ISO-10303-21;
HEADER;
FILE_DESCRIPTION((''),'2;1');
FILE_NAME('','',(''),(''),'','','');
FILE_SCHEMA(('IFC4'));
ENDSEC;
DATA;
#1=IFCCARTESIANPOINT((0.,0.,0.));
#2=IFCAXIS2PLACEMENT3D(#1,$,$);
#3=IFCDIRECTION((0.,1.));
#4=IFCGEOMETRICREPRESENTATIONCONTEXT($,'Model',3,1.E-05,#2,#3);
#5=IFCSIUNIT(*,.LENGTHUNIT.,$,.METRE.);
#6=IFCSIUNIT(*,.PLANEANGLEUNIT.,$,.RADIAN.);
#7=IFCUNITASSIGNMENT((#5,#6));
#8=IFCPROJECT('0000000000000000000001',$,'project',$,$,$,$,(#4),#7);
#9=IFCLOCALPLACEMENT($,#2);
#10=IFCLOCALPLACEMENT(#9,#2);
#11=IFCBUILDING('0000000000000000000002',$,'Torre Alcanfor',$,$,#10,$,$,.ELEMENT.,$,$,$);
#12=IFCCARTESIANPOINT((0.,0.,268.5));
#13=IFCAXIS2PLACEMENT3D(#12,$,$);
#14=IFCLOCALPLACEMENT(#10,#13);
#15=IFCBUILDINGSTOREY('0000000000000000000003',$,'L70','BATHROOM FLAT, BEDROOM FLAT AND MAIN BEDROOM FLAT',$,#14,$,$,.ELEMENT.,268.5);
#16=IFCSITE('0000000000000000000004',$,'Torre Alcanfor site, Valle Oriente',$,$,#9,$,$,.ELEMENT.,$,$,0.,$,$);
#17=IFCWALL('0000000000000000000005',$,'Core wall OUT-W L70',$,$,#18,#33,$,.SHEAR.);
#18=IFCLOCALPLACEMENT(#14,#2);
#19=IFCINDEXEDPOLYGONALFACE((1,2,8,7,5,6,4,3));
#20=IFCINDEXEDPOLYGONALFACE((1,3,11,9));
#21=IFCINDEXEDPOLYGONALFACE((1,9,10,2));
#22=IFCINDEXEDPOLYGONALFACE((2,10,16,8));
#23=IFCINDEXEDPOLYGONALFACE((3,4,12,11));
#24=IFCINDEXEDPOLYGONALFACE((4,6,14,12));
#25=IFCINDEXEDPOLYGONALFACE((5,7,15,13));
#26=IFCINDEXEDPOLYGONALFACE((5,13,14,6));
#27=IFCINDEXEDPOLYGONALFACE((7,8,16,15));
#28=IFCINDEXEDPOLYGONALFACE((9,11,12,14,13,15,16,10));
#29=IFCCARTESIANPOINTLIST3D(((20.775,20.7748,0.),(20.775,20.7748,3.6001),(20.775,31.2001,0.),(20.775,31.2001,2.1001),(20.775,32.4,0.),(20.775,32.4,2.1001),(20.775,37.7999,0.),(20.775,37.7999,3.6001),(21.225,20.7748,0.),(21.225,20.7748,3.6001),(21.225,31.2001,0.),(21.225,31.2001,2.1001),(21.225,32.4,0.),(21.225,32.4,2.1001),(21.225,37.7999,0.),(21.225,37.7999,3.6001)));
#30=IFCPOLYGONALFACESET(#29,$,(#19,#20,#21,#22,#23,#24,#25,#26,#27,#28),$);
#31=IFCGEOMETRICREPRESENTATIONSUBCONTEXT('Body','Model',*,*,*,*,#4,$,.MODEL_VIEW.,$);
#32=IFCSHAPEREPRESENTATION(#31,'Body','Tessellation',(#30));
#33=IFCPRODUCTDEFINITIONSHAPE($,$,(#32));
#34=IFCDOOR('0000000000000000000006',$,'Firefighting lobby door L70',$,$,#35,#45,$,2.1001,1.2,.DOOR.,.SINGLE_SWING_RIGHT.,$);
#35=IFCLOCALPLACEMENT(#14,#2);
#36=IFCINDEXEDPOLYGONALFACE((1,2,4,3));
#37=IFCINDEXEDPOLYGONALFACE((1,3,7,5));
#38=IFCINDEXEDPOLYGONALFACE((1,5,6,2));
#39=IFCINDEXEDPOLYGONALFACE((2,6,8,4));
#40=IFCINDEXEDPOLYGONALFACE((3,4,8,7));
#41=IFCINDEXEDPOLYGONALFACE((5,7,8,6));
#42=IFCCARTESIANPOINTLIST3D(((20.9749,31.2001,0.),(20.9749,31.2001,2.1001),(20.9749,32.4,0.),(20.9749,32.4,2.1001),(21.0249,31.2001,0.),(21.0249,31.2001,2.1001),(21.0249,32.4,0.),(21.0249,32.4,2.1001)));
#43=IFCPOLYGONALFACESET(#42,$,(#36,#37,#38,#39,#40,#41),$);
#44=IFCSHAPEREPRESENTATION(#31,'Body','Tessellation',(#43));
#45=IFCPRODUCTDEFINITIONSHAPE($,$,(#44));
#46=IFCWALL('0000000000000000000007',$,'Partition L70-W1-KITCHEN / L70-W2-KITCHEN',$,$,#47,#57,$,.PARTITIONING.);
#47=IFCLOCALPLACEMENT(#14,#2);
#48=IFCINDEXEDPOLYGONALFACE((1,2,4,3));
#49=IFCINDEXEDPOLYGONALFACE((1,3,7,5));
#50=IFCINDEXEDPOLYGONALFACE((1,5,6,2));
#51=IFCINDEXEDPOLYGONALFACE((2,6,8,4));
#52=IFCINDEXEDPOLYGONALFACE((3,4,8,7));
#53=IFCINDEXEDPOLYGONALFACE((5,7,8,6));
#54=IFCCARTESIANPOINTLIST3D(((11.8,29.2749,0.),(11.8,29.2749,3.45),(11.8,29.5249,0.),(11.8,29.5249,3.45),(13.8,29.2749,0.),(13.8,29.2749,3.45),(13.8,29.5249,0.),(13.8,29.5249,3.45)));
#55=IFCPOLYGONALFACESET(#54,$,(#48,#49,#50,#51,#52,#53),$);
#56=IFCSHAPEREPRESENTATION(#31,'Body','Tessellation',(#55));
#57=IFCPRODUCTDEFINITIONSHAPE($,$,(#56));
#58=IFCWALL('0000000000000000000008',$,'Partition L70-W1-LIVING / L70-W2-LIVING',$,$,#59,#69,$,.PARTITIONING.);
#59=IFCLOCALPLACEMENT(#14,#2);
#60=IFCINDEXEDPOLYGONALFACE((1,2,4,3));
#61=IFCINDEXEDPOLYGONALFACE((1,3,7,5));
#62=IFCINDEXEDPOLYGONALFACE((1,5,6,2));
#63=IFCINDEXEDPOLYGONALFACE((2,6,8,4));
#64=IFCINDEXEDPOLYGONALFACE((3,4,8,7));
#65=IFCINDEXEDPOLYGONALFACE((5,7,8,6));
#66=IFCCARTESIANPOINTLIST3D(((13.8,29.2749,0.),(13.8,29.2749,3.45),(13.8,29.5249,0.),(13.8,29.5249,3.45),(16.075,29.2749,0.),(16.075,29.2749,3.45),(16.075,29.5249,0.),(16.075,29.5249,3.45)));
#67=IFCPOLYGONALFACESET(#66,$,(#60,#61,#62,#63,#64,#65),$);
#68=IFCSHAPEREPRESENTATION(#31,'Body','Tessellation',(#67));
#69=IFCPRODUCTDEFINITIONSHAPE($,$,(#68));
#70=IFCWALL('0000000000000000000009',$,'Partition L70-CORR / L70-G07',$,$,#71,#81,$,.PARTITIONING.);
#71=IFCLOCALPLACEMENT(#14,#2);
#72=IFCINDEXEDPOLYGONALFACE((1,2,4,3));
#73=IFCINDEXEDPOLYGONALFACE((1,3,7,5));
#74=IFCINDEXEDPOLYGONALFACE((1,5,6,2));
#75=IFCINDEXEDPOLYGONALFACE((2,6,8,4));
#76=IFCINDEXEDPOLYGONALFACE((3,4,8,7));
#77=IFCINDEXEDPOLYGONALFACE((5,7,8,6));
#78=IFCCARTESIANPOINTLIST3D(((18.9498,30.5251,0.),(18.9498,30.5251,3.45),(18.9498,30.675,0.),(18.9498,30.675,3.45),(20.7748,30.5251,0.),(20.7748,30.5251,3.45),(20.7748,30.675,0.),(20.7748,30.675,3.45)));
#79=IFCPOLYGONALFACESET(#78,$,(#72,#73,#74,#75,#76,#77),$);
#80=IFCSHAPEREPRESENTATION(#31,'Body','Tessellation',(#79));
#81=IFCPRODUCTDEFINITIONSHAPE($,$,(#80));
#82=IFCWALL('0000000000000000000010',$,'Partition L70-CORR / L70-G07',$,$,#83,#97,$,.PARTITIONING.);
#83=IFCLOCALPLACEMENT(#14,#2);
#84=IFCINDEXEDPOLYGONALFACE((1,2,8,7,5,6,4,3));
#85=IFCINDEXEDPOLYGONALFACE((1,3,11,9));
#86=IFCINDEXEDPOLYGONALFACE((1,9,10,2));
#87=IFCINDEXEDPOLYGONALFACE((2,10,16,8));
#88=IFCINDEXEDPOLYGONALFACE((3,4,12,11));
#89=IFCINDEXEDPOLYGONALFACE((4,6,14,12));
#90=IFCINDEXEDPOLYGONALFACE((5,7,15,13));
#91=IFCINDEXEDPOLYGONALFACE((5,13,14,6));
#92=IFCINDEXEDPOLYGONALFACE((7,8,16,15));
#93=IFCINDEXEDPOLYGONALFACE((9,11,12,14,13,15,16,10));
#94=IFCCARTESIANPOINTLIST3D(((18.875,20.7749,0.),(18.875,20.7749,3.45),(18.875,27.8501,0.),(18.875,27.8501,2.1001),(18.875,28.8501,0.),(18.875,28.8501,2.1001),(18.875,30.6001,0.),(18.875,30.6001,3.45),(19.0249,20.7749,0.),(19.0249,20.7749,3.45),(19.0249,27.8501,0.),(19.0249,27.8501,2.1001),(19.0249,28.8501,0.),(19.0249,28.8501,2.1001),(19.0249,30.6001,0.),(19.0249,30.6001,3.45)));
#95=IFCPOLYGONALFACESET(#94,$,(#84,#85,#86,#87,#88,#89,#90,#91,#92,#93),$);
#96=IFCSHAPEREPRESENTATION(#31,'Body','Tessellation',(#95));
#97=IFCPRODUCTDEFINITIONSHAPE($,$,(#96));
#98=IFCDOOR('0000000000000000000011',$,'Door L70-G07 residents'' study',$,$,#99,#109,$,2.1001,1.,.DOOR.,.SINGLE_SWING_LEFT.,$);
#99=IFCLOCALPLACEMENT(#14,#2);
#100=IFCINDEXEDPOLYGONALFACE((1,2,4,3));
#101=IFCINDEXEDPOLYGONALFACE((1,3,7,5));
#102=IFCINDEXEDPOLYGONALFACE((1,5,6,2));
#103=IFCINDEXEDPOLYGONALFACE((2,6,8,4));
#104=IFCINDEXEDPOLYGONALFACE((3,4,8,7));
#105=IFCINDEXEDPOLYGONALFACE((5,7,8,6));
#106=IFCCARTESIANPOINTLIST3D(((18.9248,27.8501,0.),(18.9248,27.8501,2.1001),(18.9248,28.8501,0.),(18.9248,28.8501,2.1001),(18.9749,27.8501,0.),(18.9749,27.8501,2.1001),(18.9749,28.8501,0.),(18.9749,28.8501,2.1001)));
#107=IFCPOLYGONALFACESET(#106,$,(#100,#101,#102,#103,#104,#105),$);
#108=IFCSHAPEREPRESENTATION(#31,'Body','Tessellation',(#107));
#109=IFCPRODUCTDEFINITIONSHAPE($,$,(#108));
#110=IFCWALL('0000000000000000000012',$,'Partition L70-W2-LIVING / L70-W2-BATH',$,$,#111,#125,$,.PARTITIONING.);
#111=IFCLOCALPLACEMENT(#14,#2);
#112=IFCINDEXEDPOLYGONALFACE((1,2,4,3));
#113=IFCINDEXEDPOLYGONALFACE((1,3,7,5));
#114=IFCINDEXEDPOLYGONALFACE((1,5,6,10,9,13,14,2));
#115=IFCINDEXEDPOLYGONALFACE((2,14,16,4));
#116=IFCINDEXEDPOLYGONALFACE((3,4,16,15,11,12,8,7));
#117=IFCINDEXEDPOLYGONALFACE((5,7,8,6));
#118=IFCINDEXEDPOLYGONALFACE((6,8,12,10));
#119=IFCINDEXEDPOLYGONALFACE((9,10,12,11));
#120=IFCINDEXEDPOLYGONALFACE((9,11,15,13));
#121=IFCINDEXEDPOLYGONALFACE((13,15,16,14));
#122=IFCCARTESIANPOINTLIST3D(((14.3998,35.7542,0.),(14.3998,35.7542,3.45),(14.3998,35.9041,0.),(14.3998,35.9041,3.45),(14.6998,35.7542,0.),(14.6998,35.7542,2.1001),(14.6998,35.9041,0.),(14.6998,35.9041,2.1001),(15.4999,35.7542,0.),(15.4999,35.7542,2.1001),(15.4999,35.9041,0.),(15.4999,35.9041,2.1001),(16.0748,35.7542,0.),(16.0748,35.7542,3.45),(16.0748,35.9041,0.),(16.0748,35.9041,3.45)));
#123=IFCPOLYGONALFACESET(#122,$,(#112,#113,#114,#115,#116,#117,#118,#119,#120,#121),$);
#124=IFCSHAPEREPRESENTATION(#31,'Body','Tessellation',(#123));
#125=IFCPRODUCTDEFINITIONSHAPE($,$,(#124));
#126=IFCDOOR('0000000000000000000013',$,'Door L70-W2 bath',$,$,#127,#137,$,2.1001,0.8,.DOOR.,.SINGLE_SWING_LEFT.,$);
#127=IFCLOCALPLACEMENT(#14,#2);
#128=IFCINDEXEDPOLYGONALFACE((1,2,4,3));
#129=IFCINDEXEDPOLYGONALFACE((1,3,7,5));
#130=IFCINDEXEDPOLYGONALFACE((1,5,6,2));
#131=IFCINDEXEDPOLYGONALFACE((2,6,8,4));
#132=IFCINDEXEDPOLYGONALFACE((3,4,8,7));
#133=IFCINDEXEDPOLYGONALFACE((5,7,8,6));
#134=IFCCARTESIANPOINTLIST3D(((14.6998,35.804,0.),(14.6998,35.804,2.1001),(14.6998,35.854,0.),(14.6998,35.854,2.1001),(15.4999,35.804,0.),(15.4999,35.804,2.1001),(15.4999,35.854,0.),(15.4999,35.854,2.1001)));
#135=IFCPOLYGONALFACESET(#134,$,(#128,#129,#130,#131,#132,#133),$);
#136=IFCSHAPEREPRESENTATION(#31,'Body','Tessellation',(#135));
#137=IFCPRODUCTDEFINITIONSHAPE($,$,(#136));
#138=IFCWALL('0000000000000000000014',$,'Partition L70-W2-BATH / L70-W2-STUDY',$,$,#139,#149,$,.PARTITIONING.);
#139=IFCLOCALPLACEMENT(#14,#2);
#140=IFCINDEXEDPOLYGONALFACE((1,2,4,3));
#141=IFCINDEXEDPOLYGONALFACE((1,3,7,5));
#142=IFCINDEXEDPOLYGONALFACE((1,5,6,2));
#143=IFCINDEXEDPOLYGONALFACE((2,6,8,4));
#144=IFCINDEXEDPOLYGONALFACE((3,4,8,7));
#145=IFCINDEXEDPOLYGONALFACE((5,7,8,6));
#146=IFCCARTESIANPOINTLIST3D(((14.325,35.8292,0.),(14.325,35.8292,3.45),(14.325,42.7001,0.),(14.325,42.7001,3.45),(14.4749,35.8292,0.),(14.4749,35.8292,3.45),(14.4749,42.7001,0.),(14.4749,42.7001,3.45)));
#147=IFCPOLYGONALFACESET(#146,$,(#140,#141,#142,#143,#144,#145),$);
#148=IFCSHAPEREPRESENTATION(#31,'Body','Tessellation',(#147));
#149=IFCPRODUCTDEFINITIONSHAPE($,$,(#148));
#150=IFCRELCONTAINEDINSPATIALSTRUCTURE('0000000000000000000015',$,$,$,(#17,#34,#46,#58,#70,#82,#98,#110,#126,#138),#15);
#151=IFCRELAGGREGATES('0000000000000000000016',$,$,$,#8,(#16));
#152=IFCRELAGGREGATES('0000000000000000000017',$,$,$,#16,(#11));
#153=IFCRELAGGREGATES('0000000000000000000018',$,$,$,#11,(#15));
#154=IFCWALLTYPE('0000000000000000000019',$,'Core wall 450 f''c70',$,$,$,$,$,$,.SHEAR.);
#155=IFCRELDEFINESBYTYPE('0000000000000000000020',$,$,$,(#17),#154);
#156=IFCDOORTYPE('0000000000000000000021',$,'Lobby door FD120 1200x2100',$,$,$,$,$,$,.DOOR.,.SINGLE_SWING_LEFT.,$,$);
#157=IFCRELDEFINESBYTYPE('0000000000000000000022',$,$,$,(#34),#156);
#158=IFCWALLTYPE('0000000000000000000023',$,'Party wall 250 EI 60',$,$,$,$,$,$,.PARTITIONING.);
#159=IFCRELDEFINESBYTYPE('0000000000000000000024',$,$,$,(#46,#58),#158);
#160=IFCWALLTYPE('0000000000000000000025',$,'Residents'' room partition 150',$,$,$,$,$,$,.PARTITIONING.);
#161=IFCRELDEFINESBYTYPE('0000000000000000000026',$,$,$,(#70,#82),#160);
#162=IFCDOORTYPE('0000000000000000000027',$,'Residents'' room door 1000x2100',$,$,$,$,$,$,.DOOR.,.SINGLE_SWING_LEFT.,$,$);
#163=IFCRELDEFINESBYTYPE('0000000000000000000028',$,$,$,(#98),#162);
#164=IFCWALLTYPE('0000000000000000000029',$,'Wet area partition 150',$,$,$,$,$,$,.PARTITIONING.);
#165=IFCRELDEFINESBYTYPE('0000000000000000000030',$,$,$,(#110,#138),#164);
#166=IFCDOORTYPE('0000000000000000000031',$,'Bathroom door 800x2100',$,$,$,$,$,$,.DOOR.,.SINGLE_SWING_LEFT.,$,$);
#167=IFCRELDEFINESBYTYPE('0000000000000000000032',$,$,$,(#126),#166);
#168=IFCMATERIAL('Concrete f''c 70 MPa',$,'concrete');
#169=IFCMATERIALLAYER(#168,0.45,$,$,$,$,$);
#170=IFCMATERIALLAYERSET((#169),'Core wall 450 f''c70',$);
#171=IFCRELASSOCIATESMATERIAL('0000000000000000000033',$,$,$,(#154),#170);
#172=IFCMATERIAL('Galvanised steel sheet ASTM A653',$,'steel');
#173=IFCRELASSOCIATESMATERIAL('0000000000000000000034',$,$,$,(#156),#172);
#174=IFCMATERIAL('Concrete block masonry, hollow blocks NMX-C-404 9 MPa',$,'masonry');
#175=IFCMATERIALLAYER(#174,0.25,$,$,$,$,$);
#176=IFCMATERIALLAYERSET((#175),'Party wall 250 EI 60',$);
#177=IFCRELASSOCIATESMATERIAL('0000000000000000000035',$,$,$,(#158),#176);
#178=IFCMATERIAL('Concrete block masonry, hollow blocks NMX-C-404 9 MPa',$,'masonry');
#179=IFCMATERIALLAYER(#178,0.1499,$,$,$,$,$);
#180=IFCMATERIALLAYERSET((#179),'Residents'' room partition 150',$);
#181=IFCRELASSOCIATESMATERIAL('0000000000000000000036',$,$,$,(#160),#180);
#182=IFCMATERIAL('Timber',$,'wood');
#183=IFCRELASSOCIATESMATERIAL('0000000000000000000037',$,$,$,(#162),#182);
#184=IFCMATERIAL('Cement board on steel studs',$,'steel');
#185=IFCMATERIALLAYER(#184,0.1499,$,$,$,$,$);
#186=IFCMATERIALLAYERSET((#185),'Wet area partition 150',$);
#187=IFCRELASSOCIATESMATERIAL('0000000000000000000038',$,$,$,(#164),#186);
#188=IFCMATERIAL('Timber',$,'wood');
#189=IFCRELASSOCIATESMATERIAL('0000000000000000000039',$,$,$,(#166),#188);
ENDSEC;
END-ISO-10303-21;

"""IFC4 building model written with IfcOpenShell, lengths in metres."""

from ifc_helpers import new_model, si_unit, direction, frame, frame_2d, origin, place, context, subcontext, project, spatial, rectangle, extrude, material, layer, layer_set, type_object, element, fill, save


model = new_model("IFC4")

# Units and contexts
model_context = context("Model", 3, precision=1e-05, world=origin(), true_north=direction((0.0, 1.0)))
body_context = subcontext(model_context, "Body", "Model", "MODEL_VIEW")
ifc_project = project(units=[si_unit("LENGTHUNIT", "METRE"), si_unit("PLANEANGLEUNIT", "RADIAN")], contexts=[model_context])

# Site, building, storey
site_placement = place(None, origin())
site = spatial("IfcSite", under=ifc_project, at=site_placement, Name="Torre Alcanfor site, Valle Oriente", CompositionType="ELEMENT", RefElevation=0.0)
building_placement = place(site_placement, origin())
building = spatial("IfcBuilding", under=site, at=building_placement, Name="Torre Alcanfor", CompositionType="ELEMENT")
storey_placement = place(building_placement, frame((0.0, 0.0, 268.5)))
storey = spatial("IfcBuildingStorey", under=building, at=storey_placement, Name="L70", Description="BATHROOM FLAT, BEDROOM FLAT AND MAIN BEDROOM FLAT", CompositionType="ELEMENT", Elevation=268.5)

# Wall, opening, door
ifc_material_1 = material(Name="Concrete f'c 70 MPa", Category="concrete")
ifc_layer_1 = layer(ifc_material_1, 0.45)
ifc_layer_set_1 = layer_set([ifc_layer_1], Name="Core wall 450 f'c70")
wall_type_1 = type_object("IfcWallType", Name="Core wall 450 f'c70", PredefinedType="SHEAR", material=ifc_layer_set_1)
wall_1_placement = place(storey_placement, frame((21.0, 37.8, 0.0), z_axis=(0.0, 0.0, 1.0), x_axis=(0.0, -1.0, 0.0)))
wall_1 = element("IfcWall", 1, at=wall_1_placement, inside=storey, type_object=wall_type_1, Name="Core wall OUT-W L70", PredefinedType="SHEAR", context=body_context, shape_type="SweptSolid", body=[
    extrude(rectangle(XDim=17.0251, YDim=0.45, at=frame_2d((8.5127, 0.0))), origin(), (0.0, 0.0, 1.0), 3.6001),
])
opening_1_placement = place(wall_1_placement, frame((5.3999, 0.0, 0.0)))
opening_1 = element("IfcOpeningElement", 2, at=opening_1_placement, cuts=wall_1, PredefinedType="OPENING", context=body_context, shape_type="SweptSolid", body=[
    extrude(rectangle(XDim=1.2, YDim=2.1001, at=frame_2d((0.6001, 1.05))), frame((0.0, 0.2349, 0.0), z_axis=(0.0, -1.0, 0.0), x_axis=(1.0, 0.0, 0.0)), (0.0, 0.0, 1.0), 0.47),
])
ifc_material_2 = material(Name="Galvanised steel sheet ASTM A653", Category="steel")
door_type_1 = type_object("IfcDoorType", Name="Lobby door FD120 1200x2100", OperationType="SINGLE_SWING_LEFT", PredefinedType="DOOR", material=ifc_material_2)
door_1_placement = place(opening_1_placement, origin())
door_1 = element("IfcDoor", 3, at=door_1_placement, inside=storey, type_object=door_type_1, Name="Firefighting lobby door L70", OperationType="SINGLE_SWING_RIGHT", OverallHeight=2.1001, OverallWidth=1.2, PredefinedType="DOOR", context=body_context, shape_type="SweptSolid", body=[
    extrude(rectangle(XDim=1.2, YDim=2.1001, at=frame_2d((0.6001, 1.05))), frame((0.0, 0.0249, 0.0), z_axis=(0.0, -1.0, 0.0), x_axis=(1.0, 0.0, 0.0)), (0.0, 0.0, 1.0), 0.05),
])
fill(opening_1, door_1)

# Walls
ifc_material_3 = material(Name="Concrete block masonry, hollow blocks NMX-C-404 9 MPa", Category="masonry")
ifc_layer_2 = layer(ifc_material_3, 0.25)
ifc_layer_set_2 = layer_set([ifc_layer_2], Name="Party wall 250 EI 60")
wall_type_2 = type_object("IfcWallType", Name="Party wall 250 EI 60", PredefinedType="PARTITIONING", material=ifc_layer_set_2)
wall_2_placement = place(storey_placement, frame((13.8, 29.3999, 0.0), z_axis=(0.0, 0.0, 1.0), x_axis=(-1.0, 0.0, 0.0)))
element("IfcWall", 4, at=wall_2_placement, inside=storey, type_object=wall_type_2, Name="Partition L70-W1-KITCHEN / L70-W2-KITCHEN", PredefinedType="PARTITIONING", context=body_context, shape_type="SweptSolid", body=[
    extrude(rectangle(XDim=2.0, YDim=0.25, at=frame_2d((1.0, 0.0))), origin(), (0.0, 0.0, 1.0), 3.45),
])
wall_3_placement = place(storey_placement, frame((13.8, 29.3999, 0.0), z_axis=(0.0, 0.0, 1.0), x_axis=(1.0, 0.0, 0.0)))
element("IfcWall", 5, at=wall_3_placement, inside=storey, type_object=wall_type_2, Name="Partition L70-W1-LIVING / L70-W2-LIVING", PredefinedType="PARTITIONING", context=body_context, shape_type="SweptSolid", body=[
    extrude(rectangle(XDim=2.2749, YDim=0.25, at=frame_2d((1.1375, 0.0))), origin(), (0.0, 0.0, 1.0), 3.45),
])
ifc_material_4 = material(Name="Concrete block masonry, hollow blocks NMX-C-404 9 MPa", Category="masonry")
ifc_layer_3 = layer(ifc_material_4, 0.1499)
ifc_layer_set_3 = layer_set([ifc_layer_3], Name="Residents' room partition 150")
wall_type_3 = type_object("IfcWallType", Name="Residents' room partition 150", PredefinedType="PARTITIONING", material=ifc_layer_set_3)
wall_4_placement = place(storey_placement, frame((20.7749, 30.6001, 0.0), z_axis=(0.0, 0.0, 1.0), x_axis=(-1.0, 0.0, 0.0)))
element("IfcWall", 6, at=wall_4_placement, inside=storey, type_object=wall_type_3, Name="Partition L70-CORR / L70-G07", PredefinedType="PARTITIONING", context=body_context, shape_type="SweptSolid", body=[
    extrude(rectangle(XDim=1.825, YDim=0.1499, at=frame_2d((0.9126, 0.0))), origin(), (0.0, 0.0, 1.0), 3.45),
])

# Walls, openings, doors
wall_5_placement = place(storey_placement, frame((18.95, 30.6001, 0.0), z_axis=(0.0, 0.0, 1.0), x_axis=(0.0, -1.0, 0.0)))
wall_5 = element("IfcWall", 7, at=wall_5_placement, inside=storey, type_object=wall_type_3, Name="Partition L70-CORR / L70-G07", PredefinedType="PARTITIONING", context=body_context, shape_type="SweptSolid", body=[
    extrude(rectangle(XDim=9.8252, YDim=0.1499, at=frame_2d((4.9126, 0.0))), origin(), (0.0, 0.0, 1.0), 3.45),
])
opening_2_placement = place(wall_5_placement, frame((1.75, 0.0, 0.0)))
opening_2 = element("IfcOpeningElement", 8, at=opening_2_placement, cuts=wall_5, PredefinedType="OPENING", context=body_context, shape_type="SweptSolid", body=[
    extrude(rectangle(XDim=1.0, YDim=2.1001, at=frame_2d((0.5, 1.05))), frame((0.0, 0.085, 0.0), z_axis=(0.0, -1.0, 0.0), x_axis=(1.0, 0.0, 0.0)), (0.0, 0.0, 1.0), 0.1699),
])
ifc_material_5 = material(Name="Timber", Category="wood")
door_type_2 = type_object("IfcDoorType", Name="Residents' room door 1000x2100", OperationType="SINGLE_SWING_LEFT", PredefinedType="DOOR", material=ifc_material_5)
door_2_placement = place(opening_2_placement, origin())
door_2 = element("IfcDoor", 9, at=door_2_placement, inside=storey, type_object=door_type_2, Name="Door L70-G07 residents' study", OperationType="SINGLE_SWING_LEFT", OverallHeight=2.1001, OverallWidth=1.0, PredefinedType="DOOR", context=body_context, shape_type="SweptSolid", body=[
    extrude(rectangle(XDim=1.0, YDim=2.1001, at=frame_2d((0.5, 1.05))), frame((0.0, 0.0249, 0.0), z_axis=(0.0, -1.0, 0.0), x_axis=(1.0, 0.0, 0.0)), (0.0, 0.0, 1.0), 0.05),
])
fill(opening_2, door_2)
ifc_material_6 = material(Name="Cement board on steel studs", Category="steel")
ifc_layer_4 = layer(ifc_material_6, 0.1499)
ifc_layer_set_4 = layer_set([ifc_layer_4], Name="Wet area partition 150")
wall_type_4 = type_object("IfcWallType", Name="Wet area partition 150", PredefinedType="PARTITIONING", material=ifc_layer_set_4)
wall_6_placement = place(storey_placement, frame((14.3999, 35.8291, 0.0), z_axis=(0.0, 0.0, 1.0), x_axis=(1.0, 0.0, 0.0)))
wall_6 = element("IfcWall", 10, at=wall_6_placement, inside=storey, type_object=wall_type_4, Name="Partition L70-W2-LIVING / L70-W2-BATH", PredefinedType="PARTITIONING", context=body_context, shape_type="SweptSolid", body=[
    extrude(rectangle(XDim=1.675, YDim=0.1499, at=frame_2d((0.8374, 0.0))), origin(), (0.0, 0.0, 1.0), 3.45),
])
opening_3_placement = place(wall_6_placement, frame((0.3, 0.0, 0.0)))
opening_3 = element("IfcOpeningElement", 11, at=opening_3_placement, cuts=wall_6, PredefinedType="OPENING", context=body_context, shape_type="SweptSolid", body=[
    extrude(rectangle(XDim=0.8, YDim=2.1001, at=frame_2d((0.3999, 1.05))), frame((0.0, 0.085, 0.0), z_axis=(0.0, -1.0, 0.0), x_axis=(1.0, 0.0, 0.0)), (0.0, 0.0, 1.0), 0.1699),
])
ifc_material_7 = material(Name="Timber", Category="wood")
door_type_3 = type_object("IfcDoorType", Name="Bathroom door 800x2100", OperationType="SINGLE_SWING_LEFT", PredefinedType="DOOR", material=ifc_material_7)
door_3_placement = place(opening_3_placement, origin())
door_3 = element("IfcDoor", 12, at=door_3_placement, inside=storey, type_object=door_type_3, Name="Door L70-W2 bath", OperationType="SINGLE_SWING_LEFT", OverallHeight=2.1001, OverallWidth=0.8, PredefinedType="DOOR", context=body_context, shape_type="SweptSolid", body=[
    extrude(rectangle(XDim=0.8, YDim=2.1001, at=frame_2d((0.3999, 1.05))), frame((0.0, 0.0249, 0.0), z_axis=(0.0, -1.0, 0.0), x_axis=(1.0, 0.0, 0.0)), (0.0, 0.0, 1.0), 0.05),
])
fill(opening_3, door_3)

# Wall
wall_7_placement = place(storey_placement, frame((14.3999, 35.8291, 0.0), z_axis=(0.0, 0.0, 1.0), x_axis=(0.0, 1.0, 0.0)))
element("IfcWall", 13, at=wall_7_placement, inside=storey, type_object=wall_type_4, Name="Partition L70-W2-BATH / L70-W2-STUDY", PredefinedType="PARTITIONING", context=body_context, shape_type="SweptSolid", body=[
    extrude(rectangle(XDim=6.8708, YDim=0.1499, at=frame_2d((3.4355, 0.0))), origin(), (0.0, 0.0, 1.0), 3.45),
])

save(model, "model.ifc")
